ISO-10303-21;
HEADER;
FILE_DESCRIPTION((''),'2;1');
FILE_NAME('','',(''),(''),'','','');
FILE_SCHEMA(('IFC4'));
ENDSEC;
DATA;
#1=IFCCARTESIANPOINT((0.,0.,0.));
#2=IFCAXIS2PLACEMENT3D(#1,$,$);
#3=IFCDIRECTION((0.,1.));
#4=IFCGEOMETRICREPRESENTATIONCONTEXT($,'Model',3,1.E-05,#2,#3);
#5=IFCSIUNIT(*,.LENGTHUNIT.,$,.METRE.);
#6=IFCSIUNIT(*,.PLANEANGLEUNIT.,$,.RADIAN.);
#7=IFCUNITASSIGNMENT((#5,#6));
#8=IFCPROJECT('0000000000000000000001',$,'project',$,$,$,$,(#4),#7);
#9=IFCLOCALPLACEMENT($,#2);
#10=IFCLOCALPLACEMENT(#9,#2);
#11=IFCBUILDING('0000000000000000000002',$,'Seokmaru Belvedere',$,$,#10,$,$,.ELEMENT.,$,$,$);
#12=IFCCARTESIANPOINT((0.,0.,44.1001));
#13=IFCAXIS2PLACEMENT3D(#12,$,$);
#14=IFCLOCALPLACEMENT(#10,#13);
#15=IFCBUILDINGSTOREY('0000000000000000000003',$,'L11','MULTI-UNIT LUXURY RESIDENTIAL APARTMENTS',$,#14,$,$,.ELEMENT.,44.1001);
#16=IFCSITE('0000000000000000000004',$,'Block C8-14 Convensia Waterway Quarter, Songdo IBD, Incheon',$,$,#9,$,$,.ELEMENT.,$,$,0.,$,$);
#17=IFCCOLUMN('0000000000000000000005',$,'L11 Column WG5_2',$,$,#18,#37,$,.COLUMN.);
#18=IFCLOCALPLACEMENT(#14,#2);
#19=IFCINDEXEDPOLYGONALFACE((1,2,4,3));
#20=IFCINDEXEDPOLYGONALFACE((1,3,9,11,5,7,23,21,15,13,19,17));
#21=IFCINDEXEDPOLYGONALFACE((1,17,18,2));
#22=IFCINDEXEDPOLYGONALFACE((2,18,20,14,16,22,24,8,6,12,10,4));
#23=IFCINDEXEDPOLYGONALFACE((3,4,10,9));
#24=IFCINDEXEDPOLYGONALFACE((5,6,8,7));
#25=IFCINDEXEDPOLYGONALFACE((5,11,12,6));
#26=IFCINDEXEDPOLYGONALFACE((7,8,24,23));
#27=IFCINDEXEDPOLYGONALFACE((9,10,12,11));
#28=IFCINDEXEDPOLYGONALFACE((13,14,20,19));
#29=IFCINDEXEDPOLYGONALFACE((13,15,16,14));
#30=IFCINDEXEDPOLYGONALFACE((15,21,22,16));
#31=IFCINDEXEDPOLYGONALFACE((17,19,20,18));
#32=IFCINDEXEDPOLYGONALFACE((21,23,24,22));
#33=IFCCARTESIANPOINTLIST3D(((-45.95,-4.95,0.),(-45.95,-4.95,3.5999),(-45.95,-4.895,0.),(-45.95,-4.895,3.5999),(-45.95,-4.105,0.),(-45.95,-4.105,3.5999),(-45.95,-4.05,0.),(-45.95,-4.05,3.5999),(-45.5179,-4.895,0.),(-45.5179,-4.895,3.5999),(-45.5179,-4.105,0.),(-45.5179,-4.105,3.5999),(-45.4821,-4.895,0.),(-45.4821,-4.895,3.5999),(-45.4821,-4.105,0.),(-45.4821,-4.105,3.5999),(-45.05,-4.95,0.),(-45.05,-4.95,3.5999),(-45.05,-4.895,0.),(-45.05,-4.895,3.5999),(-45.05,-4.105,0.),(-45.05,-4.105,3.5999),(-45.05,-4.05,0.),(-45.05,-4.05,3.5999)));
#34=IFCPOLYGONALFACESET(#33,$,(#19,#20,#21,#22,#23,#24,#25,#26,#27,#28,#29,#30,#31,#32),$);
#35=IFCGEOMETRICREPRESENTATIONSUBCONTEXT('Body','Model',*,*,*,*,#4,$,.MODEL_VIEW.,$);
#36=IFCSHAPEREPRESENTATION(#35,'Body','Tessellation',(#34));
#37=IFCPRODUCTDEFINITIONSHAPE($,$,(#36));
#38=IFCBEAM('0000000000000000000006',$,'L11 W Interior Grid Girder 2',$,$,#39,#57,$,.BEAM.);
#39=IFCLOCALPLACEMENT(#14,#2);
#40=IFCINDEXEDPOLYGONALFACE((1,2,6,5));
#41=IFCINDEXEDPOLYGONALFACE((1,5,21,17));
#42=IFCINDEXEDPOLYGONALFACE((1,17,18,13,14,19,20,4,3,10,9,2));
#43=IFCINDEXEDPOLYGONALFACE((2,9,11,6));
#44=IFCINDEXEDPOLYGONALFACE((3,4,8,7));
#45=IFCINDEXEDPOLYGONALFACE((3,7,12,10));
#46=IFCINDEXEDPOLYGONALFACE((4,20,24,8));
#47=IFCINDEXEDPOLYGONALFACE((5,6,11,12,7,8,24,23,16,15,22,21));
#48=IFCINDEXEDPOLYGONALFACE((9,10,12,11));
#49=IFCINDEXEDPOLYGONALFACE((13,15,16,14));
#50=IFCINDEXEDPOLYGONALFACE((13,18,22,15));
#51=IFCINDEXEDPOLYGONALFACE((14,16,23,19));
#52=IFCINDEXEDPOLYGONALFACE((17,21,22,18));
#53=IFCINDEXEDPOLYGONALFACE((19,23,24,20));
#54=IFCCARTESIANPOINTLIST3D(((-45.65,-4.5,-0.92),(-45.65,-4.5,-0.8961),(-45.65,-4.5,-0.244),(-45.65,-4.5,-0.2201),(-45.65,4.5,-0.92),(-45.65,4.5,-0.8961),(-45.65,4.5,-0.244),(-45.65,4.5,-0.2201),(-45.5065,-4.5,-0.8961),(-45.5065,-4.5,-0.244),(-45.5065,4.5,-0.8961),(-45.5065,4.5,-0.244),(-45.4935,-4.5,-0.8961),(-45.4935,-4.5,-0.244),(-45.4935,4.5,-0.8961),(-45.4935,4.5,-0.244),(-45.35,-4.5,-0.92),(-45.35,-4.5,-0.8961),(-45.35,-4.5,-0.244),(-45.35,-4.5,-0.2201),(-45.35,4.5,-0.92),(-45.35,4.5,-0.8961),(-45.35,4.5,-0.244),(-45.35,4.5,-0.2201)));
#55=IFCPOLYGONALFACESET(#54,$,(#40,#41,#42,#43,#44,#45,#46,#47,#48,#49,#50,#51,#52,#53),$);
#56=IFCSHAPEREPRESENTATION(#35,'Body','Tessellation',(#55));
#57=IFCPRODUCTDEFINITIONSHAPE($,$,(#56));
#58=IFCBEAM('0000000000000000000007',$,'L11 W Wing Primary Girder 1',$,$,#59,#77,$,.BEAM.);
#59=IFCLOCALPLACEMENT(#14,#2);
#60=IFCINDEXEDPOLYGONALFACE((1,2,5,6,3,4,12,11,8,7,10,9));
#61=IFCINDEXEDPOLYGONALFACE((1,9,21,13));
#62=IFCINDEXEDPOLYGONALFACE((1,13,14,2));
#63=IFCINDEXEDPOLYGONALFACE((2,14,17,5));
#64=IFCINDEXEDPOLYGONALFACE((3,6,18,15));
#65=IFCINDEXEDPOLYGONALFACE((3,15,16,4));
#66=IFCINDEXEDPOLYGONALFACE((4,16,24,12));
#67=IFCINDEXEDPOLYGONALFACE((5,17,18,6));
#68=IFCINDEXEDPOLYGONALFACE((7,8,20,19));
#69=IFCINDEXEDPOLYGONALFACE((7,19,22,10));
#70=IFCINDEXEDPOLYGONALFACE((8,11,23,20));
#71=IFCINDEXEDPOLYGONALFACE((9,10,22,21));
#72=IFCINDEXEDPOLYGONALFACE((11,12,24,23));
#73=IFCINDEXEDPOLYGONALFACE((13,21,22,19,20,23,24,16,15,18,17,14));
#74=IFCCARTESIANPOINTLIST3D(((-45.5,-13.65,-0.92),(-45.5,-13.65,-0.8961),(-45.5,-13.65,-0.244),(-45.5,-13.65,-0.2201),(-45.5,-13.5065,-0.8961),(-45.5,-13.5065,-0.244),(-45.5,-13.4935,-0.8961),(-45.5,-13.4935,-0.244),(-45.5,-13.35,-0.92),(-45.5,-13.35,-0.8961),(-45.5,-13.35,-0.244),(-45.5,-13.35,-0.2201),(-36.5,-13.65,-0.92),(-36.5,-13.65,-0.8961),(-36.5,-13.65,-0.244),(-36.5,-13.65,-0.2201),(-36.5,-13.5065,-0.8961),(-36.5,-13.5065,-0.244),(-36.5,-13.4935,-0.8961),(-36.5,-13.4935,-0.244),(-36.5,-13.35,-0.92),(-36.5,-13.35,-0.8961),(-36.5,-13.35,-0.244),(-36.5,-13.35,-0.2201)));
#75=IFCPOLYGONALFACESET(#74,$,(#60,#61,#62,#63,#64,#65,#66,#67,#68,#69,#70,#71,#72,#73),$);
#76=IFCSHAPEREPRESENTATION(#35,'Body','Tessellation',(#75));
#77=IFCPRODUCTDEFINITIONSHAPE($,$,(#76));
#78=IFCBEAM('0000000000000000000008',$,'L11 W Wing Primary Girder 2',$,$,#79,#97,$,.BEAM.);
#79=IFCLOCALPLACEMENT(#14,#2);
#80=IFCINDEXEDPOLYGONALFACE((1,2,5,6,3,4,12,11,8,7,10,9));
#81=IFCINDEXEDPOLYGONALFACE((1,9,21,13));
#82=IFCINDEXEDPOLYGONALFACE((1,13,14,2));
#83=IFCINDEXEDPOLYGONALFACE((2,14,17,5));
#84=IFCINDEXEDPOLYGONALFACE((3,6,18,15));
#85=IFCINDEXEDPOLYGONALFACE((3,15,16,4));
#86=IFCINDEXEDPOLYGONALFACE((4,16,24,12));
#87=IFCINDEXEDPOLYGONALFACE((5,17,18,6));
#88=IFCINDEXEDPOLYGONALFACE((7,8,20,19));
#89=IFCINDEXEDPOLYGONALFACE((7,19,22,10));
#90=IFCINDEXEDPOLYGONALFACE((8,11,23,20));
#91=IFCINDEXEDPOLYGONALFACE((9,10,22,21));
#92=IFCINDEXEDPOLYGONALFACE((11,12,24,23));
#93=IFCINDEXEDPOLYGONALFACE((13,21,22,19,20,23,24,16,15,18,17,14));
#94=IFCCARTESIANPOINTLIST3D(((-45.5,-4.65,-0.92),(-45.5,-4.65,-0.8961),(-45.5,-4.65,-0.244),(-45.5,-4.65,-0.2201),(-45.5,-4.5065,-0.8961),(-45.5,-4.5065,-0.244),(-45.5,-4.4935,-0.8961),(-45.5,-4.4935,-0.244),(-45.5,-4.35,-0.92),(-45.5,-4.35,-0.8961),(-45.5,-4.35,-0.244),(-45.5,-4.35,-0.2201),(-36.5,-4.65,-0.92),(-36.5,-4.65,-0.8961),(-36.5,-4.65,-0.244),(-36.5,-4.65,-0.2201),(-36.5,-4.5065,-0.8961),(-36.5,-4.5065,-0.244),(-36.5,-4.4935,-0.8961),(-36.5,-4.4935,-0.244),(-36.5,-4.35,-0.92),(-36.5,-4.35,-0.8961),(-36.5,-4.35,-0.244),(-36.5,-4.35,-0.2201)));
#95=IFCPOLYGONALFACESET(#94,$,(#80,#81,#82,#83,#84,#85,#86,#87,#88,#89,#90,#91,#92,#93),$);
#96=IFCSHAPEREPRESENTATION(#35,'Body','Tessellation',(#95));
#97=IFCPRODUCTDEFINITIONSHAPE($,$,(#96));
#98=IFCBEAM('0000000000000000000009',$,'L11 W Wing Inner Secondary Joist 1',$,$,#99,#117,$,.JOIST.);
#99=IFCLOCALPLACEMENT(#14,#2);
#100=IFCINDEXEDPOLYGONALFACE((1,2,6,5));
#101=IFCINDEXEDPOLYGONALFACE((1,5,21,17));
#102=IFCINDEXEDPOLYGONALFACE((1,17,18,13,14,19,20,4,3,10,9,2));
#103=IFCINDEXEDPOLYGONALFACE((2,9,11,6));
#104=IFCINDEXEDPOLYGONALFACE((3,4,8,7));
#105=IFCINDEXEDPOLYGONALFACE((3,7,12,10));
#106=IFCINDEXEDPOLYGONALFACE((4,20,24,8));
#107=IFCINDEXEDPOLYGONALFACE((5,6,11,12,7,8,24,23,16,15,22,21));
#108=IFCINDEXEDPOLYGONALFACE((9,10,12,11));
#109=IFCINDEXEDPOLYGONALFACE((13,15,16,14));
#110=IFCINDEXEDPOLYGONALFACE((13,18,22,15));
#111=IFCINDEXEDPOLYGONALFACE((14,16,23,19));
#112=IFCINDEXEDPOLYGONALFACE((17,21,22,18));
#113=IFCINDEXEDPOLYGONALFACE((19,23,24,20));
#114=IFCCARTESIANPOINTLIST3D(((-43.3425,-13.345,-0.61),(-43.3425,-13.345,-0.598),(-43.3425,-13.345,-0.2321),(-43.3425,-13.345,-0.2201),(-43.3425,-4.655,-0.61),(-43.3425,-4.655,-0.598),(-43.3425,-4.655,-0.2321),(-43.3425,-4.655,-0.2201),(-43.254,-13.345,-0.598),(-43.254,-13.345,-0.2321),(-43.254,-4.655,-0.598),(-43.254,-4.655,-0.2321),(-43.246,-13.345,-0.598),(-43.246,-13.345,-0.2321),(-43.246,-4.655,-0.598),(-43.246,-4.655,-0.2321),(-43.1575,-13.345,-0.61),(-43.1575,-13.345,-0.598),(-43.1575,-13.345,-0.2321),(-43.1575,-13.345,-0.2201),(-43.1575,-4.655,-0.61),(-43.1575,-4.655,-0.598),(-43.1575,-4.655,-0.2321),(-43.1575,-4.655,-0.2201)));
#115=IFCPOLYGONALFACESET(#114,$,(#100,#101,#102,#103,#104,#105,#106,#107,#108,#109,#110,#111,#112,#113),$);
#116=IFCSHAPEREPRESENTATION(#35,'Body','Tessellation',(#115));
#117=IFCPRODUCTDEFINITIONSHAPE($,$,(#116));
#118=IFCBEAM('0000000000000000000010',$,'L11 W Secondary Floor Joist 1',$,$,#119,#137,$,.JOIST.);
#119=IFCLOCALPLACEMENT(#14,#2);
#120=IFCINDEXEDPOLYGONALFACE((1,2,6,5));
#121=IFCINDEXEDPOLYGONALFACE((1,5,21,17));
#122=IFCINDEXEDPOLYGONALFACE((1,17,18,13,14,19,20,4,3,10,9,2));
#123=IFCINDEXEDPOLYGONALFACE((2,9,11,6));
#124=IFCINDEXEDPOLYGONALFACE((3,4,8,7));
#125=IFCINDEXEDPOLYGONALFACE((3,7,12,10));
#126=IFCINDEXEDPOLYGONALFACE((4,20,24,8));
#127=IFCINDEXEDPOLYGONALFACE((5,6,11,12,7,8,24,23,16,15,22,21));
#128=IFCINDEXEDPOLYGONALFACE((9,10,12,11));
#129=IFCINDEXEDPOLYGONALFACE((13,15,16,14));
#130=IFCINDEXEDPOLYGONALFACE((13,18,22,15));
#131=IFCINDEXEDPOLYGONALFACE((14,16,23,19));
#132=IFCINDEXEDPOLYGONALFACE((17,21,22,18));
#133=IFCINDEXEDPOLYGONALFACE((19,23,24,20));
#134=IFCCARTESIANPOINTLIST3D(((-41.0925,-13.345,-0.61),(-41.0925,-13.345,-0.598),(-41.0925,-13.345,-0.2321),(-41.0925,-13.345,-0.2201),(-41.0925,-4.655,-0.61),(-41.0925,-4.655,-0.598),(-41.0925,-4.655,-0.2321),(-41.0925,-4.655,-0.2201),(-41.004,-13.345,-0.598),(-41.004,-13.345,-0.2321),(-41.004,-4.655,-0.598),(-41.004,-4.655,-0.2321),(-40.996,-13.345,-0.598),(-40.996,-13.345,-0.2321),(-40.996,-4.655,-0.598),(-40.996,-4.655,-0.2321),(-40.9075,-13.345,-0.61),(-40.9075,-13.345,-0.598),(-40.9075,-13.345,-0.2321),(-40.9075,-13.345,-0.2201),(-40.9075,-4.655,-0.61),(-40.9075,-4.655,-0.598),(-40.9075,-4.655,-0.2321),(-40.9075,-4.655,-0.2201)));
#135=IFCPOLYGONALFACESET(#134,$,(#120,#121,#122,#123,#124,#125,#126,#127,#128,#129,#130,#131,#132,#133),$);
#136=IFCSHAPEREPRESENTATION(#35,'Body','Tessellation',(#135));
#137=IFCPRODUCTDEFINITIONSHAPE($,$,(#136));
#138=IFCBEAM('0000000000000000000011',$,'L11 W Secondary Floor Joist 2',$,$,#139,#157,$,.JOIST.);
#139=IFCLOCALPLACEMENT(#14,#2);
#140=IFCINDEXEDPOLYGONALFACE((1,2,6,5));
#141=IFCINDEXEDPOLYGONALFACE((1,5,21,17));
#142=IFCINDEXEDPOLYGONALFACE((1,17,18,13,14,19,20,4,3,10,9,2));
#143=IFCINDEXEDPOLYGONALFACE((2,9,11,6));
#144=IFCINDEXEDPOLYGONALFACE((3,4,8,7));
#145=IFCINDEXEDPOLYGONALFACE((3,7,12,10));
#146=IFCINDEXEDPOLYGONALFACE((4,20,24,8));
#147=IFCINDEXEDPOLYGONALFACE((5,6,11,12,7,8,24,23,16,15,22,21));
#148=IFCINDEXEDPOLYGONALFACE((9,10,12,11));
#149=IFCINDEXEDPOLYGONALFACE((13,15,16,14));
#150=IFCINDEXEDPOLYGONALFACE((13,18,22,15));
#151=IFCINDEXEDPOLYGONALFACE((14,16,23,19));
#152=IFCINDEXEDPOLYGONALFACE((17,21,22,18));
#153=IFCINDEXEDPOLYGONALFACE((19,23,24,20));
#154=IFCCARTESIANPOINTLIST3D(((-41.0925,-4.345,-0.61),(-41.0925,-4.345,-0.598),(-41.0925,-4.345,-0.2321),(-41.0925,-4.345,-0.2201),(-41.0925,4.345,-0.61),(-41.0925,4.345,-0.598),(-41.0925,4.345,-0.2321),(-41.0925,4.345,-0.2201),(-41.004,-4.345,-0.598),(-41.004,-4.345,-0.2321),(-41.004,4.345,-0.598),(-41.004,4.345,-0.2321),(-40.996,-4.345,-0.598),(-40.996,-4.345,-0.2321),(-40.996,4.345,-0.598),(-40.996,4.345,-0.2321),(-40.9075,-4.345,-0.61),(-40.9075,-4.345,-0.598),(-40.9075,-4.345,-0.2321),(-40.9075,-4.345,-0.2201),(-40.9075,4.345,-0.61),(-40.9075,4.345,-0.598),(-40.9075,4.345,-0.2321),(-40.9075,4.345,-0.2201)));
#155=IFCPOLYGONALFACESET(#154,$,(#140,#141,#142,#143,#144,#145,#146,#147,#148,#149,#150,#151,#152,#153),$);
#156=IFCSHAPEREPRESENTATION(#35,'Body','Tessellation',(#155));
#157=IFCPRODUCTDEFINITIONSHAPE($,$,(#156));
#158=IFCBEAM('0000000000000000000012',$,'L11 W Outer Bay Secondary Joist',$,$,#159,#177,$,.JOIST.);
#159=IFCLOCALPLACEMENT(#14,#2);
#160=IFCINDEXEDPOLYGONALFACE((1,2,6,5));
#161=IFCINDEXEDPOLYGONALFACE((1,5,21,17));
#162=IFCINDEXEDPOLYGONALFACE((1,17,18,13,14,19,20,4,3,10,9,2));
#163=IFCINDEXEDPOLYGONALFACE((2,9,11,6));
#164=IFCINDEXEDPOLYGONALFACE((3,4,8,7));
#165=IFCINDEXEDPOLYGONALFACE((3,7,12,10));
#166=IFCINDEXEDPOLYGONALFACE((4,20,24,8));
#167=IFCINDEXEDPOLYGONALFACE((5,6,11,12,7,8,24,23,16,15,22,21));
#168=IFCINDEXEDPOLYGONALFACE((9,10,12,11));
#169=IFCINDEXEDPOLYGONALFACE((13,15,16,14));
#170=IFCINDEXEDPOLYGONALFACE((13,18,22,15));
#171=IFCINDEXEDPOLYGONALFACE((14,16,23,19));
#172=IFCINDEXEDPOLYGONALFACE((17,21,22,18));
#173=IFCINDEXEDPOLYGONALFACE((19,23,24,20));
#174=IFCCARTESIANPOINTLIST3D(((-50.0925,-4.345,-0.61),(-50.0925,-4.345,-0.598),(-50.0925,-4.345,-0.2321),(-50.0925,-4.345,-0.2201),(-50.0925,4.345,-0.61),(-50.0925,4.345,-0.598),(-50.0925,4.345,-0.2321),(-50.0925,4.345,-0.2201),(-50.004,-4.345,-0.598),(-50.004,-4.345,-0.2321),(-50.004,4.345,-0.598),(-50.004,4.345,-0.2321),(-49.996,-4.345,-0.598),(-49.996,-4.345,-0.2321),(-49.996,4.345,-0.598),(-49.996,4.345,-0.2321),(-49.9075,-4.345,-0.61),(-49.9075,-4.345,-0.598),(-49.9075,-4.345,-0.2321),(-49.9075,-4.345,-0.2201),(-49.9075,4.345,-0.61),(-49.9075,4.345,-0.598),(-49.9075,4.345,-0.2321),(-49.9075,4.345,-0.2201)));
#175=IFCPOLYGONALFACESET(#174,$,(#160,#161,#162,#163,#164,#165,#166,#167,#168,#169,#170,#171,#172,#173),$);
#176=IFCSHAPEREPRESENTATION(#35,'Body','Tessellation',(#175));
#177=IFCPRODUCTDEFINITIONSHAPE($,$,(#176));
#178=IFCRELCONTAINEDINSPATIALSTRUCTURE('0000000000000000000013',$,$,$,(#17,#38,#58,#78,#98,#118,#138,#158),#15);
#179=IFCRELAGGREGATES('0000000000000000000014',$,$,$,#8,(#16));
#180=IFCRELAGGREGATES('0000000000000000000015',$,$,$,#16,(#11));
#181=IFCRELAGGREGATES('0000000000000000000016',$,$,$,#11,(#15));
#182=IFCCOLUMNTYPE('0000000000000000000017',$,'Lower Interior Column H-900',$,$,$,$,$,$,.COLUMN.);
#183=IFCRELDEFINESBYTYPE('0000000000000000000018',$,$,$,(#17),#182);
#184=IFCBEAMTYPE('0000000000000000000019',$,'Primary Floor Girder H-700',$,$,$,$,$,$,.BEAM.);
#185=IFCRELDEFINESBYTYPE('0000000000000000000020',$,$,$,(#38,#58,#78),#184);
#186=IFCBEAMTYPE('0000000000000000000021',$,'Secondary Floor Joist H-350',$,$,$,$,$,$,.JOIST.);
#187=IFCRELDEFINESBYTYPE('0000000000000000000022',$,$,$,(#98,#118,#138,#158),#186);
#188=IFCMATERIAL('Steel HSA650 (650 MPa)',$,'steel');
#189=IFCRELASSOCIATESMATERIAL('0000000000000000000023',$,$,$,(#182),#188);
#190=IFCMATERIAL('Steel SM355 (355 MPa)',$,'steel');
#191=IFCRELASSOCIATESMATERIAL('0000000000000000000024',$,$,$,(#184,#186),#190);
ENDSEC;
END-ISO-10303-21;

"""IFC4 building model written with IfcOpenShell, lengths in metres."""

from ifc_helpers import new_model, si_unit, direction, frame, origin, origin_2d, place, context, subcontext, project, spatial, i_section, extrude, source, transform, mapped, material, material_profile, profile_set, type_object, type_shapes, element, save


model = new_model("IFC4")

# Units and contexts
model_context = context("Model", 3, precision=1e-05, world=origin(), true_north=direction((0.0, 1.0)))
body_context = subcontext(model_context, "Body", "Model", "MODEL_VIEW")
ifc_project = project(units=[si_unit("LENGTHUNIT", "METRE"), si_unit("PLANEANGLEUNIT", "RADIAN")], contexts=[model_context])

# Site, building, storey
site_placement = place(None, origin())
site = spatial("IfcSite", under=ifc_project, at=site_placement, Name="Block C8-14 Convensia Waterway Quarter, Songdo IBD, Incheon", CompositionType="ELEMENT", RefElevation=0.0)
building_placement = place(site_placement, origin())
building = spatial("IfcBuilding", under=site, at=building_placement, Name="Seokmaru Belvedere", CompositionType="ELEMENT")
storey_placement = place(building_placement, frame((0.0, 0.0, 44.1001)))
storey = spatial("IfcBuildingStorey", under=building, at=storey_placement, Name="L11", Description="MULTI-UNIT LUXURY RESIDENTIAL APARTMENTS", CompositionType="ELEMENT", Elevation=44.1001)

# Column
ifc_material_1 = material(Name="Steel HSA650 (650 MPa)", Category="steel")
ifc_material_profile_1 = material_profile(ifc_material_1, i_section(OverallWidth=0.8999, OverallDepth=0.8999, WebThickness=0.0359, FlangeThickness=0.0549, at=origin_2d()), Name="H-900x900x36x55")
ifc_profile_set_1 = profile_set([ifc_material_profile_1], Name="Steel HSA650 (650 MPa)")
column_type = type_object("IfcColumnType", Name="Lower Interior Column H-900", PredefinedType="COLUMN", material=ifc_profile_set_1)
shared_shape_1 = source(origin(), body_context, "Body", "SweptSolid", [
    extrude(i_section(OverallWidth=0.8999, OverallDepth=0.8999, WebThickness=0.0359, FlangeThickness=0.0549, at=origin_2d()), origin(), (0.0, 0.0, 1.0), 3.5999),
])
type_shapes(column_type, [shared_shape_1])
column_placement = place(storey_placement, frame((-45.5, -4.5, 0.0), z_axis=(0.0, 0.0, 1.0), x_axis=(1.0, 0.0, 0.0)))
element("IfcColumn", 1, at=column_placement, inside=storey, type_object=column_type, Name="L11 Column WG5_2", PredefinedType="COLUMN", context=body_context, shape_type="MappedRepresentation", body=[
    mapped(shared_shape_1, transform((0.0, 0.0, 0.0), scale=1.0)),
])

# Beams
ifc_material_2 = material(Name="Steel SM355 (355 MPa)", Category="steel")
ifc_material_profile_2 = material_profile(ifc_material_2, i_section(OverallWidth=0.3, OverallDepth=0.7, WebThickness=0.0129, FlangeThickness=0.0239, at=origin_2d()), Name="H-700x300x13x24")
ifc_profile_set_2 = profile_set([ifc_material_profile_2], Name="Steel SM355 (355 MPa)")
beam_type_1 = type_object("IfcBeamType", Name="Primary Floor Girder H-700", PredefinedType="BEAM", material=ifc_profile_set_2)
shared_shape_2 = source(origin(), body_context, "Body", "SweptSolid", [
    extrude(i_section(OverallWidth=0.3, OverallDepth=0.7, WebThickness=0.0129, FlangeThickness=0.0239, at=origin_2d()), origin(), (0.0, 0.0, 1.0), 9.0),
])
type_shapes(beam_type_1, [shared_shape_2])
for number, where, z_axis, x_axis, name in (
    (2, (-45.5, -4.5, -0.5701), (0.0, 1.0, 0.0), (-1.0, 0.0, 0.0), "L11 W Interior Grid Girder 2"),
    (3, (-45.5, -13.5, -0.5701), (1.0, 0.0, 0.0), (0.0, 1.0, 0.0), "L11 W Wing Primary Girder 1"),
    (4, (-45.5, -4.5, -0.5701), (1.0, 0.0, 0.0), (0.0, 1.0, 0.0), "L11 W Wing Primary Girder 2"),
):
    element("IfcBeam", number, at=place(storey_placement, frame(where, z_axis=z_axis, x_axis=x_axis)), inside=storey, type_object=beam_type_1, Name=name, PredefinedType="BEAM", context=body_context, shape_type="MappedRepresentation", body=[
        mapped(shared_shape_2, transform((0.0, 0.0, 0.0), scale=1.0)),
    ])
ifc_material_profile_3 = material_profile(ifc_material_2, i_section(OverallWidth=0.1851, OverallDepth=0.3899, WebThickness=0.0081, FlangeThickness=0.012, at=origin_2d()), Name="H-390x185x8x12")
ifc_profile_set_3 = profile_set([ifc_material_profile_3], Name="Steel SM355 (355 MPa)")
beam_type_2 = type_object("IfcBeamType", Name="Secondary Floor Joist H-350", PredefinedType="JOIST", material=ifc_profile_set_3)
shared_shape_3 = source(origin(), body_context, "Body", "SweptSolid", [
    extrude(i_section(OverallWidth=0.1851, OverallDepth=0.3899, WebThickness=0.0081, FlangeThickness=0.012, at=origin_2d()), origin(), (0.0, 0.0, 1.0), 8.6899),
])
type_shapes(beam_type_2, [shared_shape_3])
for number, where, z_axis, x_axis, name in (
    (5, (-43.25, -13.345, -0.415), (0.0, 1.0, 0.0), (-1.0, 0.0, 0.0), "L11 W Wing Inner Secondary Joist 1"),
    (6, (-41.0, -13.345, -0.415), (0.0, 1.0, 0.0), (-1.0, 0.0, 0.0), "L11 W Secondary Floor Joist 1"),
    (7, (-41.0, -4.345, -0.415), (0.0, 1.0, 0.0), (-1.0, 0.0, 0.0), "L11 W Secondary Floor Joist 2"),
    (8, (-50.0, -4.345, -0.415), (0.0, 1.0, 0.0), (-1.0, 0.0, 0.0), "L11 W Outer Bay Secondary Joist"),
):
    element("IfcBeam", number, at=place(storey_placement, frame(where, z_axis=z_axis, x_axis=x_axis)), inside=storey, type_object=beam_type_2, Name=name, PredefinedType="JOIST", context=body_context, shape_type="MappedRepresentation", body=[
        mapped(shared_shape_3, transform((0.0, 0.0, 0.0), scale=1.0)),
    ])

save(model, "model.ifc")
